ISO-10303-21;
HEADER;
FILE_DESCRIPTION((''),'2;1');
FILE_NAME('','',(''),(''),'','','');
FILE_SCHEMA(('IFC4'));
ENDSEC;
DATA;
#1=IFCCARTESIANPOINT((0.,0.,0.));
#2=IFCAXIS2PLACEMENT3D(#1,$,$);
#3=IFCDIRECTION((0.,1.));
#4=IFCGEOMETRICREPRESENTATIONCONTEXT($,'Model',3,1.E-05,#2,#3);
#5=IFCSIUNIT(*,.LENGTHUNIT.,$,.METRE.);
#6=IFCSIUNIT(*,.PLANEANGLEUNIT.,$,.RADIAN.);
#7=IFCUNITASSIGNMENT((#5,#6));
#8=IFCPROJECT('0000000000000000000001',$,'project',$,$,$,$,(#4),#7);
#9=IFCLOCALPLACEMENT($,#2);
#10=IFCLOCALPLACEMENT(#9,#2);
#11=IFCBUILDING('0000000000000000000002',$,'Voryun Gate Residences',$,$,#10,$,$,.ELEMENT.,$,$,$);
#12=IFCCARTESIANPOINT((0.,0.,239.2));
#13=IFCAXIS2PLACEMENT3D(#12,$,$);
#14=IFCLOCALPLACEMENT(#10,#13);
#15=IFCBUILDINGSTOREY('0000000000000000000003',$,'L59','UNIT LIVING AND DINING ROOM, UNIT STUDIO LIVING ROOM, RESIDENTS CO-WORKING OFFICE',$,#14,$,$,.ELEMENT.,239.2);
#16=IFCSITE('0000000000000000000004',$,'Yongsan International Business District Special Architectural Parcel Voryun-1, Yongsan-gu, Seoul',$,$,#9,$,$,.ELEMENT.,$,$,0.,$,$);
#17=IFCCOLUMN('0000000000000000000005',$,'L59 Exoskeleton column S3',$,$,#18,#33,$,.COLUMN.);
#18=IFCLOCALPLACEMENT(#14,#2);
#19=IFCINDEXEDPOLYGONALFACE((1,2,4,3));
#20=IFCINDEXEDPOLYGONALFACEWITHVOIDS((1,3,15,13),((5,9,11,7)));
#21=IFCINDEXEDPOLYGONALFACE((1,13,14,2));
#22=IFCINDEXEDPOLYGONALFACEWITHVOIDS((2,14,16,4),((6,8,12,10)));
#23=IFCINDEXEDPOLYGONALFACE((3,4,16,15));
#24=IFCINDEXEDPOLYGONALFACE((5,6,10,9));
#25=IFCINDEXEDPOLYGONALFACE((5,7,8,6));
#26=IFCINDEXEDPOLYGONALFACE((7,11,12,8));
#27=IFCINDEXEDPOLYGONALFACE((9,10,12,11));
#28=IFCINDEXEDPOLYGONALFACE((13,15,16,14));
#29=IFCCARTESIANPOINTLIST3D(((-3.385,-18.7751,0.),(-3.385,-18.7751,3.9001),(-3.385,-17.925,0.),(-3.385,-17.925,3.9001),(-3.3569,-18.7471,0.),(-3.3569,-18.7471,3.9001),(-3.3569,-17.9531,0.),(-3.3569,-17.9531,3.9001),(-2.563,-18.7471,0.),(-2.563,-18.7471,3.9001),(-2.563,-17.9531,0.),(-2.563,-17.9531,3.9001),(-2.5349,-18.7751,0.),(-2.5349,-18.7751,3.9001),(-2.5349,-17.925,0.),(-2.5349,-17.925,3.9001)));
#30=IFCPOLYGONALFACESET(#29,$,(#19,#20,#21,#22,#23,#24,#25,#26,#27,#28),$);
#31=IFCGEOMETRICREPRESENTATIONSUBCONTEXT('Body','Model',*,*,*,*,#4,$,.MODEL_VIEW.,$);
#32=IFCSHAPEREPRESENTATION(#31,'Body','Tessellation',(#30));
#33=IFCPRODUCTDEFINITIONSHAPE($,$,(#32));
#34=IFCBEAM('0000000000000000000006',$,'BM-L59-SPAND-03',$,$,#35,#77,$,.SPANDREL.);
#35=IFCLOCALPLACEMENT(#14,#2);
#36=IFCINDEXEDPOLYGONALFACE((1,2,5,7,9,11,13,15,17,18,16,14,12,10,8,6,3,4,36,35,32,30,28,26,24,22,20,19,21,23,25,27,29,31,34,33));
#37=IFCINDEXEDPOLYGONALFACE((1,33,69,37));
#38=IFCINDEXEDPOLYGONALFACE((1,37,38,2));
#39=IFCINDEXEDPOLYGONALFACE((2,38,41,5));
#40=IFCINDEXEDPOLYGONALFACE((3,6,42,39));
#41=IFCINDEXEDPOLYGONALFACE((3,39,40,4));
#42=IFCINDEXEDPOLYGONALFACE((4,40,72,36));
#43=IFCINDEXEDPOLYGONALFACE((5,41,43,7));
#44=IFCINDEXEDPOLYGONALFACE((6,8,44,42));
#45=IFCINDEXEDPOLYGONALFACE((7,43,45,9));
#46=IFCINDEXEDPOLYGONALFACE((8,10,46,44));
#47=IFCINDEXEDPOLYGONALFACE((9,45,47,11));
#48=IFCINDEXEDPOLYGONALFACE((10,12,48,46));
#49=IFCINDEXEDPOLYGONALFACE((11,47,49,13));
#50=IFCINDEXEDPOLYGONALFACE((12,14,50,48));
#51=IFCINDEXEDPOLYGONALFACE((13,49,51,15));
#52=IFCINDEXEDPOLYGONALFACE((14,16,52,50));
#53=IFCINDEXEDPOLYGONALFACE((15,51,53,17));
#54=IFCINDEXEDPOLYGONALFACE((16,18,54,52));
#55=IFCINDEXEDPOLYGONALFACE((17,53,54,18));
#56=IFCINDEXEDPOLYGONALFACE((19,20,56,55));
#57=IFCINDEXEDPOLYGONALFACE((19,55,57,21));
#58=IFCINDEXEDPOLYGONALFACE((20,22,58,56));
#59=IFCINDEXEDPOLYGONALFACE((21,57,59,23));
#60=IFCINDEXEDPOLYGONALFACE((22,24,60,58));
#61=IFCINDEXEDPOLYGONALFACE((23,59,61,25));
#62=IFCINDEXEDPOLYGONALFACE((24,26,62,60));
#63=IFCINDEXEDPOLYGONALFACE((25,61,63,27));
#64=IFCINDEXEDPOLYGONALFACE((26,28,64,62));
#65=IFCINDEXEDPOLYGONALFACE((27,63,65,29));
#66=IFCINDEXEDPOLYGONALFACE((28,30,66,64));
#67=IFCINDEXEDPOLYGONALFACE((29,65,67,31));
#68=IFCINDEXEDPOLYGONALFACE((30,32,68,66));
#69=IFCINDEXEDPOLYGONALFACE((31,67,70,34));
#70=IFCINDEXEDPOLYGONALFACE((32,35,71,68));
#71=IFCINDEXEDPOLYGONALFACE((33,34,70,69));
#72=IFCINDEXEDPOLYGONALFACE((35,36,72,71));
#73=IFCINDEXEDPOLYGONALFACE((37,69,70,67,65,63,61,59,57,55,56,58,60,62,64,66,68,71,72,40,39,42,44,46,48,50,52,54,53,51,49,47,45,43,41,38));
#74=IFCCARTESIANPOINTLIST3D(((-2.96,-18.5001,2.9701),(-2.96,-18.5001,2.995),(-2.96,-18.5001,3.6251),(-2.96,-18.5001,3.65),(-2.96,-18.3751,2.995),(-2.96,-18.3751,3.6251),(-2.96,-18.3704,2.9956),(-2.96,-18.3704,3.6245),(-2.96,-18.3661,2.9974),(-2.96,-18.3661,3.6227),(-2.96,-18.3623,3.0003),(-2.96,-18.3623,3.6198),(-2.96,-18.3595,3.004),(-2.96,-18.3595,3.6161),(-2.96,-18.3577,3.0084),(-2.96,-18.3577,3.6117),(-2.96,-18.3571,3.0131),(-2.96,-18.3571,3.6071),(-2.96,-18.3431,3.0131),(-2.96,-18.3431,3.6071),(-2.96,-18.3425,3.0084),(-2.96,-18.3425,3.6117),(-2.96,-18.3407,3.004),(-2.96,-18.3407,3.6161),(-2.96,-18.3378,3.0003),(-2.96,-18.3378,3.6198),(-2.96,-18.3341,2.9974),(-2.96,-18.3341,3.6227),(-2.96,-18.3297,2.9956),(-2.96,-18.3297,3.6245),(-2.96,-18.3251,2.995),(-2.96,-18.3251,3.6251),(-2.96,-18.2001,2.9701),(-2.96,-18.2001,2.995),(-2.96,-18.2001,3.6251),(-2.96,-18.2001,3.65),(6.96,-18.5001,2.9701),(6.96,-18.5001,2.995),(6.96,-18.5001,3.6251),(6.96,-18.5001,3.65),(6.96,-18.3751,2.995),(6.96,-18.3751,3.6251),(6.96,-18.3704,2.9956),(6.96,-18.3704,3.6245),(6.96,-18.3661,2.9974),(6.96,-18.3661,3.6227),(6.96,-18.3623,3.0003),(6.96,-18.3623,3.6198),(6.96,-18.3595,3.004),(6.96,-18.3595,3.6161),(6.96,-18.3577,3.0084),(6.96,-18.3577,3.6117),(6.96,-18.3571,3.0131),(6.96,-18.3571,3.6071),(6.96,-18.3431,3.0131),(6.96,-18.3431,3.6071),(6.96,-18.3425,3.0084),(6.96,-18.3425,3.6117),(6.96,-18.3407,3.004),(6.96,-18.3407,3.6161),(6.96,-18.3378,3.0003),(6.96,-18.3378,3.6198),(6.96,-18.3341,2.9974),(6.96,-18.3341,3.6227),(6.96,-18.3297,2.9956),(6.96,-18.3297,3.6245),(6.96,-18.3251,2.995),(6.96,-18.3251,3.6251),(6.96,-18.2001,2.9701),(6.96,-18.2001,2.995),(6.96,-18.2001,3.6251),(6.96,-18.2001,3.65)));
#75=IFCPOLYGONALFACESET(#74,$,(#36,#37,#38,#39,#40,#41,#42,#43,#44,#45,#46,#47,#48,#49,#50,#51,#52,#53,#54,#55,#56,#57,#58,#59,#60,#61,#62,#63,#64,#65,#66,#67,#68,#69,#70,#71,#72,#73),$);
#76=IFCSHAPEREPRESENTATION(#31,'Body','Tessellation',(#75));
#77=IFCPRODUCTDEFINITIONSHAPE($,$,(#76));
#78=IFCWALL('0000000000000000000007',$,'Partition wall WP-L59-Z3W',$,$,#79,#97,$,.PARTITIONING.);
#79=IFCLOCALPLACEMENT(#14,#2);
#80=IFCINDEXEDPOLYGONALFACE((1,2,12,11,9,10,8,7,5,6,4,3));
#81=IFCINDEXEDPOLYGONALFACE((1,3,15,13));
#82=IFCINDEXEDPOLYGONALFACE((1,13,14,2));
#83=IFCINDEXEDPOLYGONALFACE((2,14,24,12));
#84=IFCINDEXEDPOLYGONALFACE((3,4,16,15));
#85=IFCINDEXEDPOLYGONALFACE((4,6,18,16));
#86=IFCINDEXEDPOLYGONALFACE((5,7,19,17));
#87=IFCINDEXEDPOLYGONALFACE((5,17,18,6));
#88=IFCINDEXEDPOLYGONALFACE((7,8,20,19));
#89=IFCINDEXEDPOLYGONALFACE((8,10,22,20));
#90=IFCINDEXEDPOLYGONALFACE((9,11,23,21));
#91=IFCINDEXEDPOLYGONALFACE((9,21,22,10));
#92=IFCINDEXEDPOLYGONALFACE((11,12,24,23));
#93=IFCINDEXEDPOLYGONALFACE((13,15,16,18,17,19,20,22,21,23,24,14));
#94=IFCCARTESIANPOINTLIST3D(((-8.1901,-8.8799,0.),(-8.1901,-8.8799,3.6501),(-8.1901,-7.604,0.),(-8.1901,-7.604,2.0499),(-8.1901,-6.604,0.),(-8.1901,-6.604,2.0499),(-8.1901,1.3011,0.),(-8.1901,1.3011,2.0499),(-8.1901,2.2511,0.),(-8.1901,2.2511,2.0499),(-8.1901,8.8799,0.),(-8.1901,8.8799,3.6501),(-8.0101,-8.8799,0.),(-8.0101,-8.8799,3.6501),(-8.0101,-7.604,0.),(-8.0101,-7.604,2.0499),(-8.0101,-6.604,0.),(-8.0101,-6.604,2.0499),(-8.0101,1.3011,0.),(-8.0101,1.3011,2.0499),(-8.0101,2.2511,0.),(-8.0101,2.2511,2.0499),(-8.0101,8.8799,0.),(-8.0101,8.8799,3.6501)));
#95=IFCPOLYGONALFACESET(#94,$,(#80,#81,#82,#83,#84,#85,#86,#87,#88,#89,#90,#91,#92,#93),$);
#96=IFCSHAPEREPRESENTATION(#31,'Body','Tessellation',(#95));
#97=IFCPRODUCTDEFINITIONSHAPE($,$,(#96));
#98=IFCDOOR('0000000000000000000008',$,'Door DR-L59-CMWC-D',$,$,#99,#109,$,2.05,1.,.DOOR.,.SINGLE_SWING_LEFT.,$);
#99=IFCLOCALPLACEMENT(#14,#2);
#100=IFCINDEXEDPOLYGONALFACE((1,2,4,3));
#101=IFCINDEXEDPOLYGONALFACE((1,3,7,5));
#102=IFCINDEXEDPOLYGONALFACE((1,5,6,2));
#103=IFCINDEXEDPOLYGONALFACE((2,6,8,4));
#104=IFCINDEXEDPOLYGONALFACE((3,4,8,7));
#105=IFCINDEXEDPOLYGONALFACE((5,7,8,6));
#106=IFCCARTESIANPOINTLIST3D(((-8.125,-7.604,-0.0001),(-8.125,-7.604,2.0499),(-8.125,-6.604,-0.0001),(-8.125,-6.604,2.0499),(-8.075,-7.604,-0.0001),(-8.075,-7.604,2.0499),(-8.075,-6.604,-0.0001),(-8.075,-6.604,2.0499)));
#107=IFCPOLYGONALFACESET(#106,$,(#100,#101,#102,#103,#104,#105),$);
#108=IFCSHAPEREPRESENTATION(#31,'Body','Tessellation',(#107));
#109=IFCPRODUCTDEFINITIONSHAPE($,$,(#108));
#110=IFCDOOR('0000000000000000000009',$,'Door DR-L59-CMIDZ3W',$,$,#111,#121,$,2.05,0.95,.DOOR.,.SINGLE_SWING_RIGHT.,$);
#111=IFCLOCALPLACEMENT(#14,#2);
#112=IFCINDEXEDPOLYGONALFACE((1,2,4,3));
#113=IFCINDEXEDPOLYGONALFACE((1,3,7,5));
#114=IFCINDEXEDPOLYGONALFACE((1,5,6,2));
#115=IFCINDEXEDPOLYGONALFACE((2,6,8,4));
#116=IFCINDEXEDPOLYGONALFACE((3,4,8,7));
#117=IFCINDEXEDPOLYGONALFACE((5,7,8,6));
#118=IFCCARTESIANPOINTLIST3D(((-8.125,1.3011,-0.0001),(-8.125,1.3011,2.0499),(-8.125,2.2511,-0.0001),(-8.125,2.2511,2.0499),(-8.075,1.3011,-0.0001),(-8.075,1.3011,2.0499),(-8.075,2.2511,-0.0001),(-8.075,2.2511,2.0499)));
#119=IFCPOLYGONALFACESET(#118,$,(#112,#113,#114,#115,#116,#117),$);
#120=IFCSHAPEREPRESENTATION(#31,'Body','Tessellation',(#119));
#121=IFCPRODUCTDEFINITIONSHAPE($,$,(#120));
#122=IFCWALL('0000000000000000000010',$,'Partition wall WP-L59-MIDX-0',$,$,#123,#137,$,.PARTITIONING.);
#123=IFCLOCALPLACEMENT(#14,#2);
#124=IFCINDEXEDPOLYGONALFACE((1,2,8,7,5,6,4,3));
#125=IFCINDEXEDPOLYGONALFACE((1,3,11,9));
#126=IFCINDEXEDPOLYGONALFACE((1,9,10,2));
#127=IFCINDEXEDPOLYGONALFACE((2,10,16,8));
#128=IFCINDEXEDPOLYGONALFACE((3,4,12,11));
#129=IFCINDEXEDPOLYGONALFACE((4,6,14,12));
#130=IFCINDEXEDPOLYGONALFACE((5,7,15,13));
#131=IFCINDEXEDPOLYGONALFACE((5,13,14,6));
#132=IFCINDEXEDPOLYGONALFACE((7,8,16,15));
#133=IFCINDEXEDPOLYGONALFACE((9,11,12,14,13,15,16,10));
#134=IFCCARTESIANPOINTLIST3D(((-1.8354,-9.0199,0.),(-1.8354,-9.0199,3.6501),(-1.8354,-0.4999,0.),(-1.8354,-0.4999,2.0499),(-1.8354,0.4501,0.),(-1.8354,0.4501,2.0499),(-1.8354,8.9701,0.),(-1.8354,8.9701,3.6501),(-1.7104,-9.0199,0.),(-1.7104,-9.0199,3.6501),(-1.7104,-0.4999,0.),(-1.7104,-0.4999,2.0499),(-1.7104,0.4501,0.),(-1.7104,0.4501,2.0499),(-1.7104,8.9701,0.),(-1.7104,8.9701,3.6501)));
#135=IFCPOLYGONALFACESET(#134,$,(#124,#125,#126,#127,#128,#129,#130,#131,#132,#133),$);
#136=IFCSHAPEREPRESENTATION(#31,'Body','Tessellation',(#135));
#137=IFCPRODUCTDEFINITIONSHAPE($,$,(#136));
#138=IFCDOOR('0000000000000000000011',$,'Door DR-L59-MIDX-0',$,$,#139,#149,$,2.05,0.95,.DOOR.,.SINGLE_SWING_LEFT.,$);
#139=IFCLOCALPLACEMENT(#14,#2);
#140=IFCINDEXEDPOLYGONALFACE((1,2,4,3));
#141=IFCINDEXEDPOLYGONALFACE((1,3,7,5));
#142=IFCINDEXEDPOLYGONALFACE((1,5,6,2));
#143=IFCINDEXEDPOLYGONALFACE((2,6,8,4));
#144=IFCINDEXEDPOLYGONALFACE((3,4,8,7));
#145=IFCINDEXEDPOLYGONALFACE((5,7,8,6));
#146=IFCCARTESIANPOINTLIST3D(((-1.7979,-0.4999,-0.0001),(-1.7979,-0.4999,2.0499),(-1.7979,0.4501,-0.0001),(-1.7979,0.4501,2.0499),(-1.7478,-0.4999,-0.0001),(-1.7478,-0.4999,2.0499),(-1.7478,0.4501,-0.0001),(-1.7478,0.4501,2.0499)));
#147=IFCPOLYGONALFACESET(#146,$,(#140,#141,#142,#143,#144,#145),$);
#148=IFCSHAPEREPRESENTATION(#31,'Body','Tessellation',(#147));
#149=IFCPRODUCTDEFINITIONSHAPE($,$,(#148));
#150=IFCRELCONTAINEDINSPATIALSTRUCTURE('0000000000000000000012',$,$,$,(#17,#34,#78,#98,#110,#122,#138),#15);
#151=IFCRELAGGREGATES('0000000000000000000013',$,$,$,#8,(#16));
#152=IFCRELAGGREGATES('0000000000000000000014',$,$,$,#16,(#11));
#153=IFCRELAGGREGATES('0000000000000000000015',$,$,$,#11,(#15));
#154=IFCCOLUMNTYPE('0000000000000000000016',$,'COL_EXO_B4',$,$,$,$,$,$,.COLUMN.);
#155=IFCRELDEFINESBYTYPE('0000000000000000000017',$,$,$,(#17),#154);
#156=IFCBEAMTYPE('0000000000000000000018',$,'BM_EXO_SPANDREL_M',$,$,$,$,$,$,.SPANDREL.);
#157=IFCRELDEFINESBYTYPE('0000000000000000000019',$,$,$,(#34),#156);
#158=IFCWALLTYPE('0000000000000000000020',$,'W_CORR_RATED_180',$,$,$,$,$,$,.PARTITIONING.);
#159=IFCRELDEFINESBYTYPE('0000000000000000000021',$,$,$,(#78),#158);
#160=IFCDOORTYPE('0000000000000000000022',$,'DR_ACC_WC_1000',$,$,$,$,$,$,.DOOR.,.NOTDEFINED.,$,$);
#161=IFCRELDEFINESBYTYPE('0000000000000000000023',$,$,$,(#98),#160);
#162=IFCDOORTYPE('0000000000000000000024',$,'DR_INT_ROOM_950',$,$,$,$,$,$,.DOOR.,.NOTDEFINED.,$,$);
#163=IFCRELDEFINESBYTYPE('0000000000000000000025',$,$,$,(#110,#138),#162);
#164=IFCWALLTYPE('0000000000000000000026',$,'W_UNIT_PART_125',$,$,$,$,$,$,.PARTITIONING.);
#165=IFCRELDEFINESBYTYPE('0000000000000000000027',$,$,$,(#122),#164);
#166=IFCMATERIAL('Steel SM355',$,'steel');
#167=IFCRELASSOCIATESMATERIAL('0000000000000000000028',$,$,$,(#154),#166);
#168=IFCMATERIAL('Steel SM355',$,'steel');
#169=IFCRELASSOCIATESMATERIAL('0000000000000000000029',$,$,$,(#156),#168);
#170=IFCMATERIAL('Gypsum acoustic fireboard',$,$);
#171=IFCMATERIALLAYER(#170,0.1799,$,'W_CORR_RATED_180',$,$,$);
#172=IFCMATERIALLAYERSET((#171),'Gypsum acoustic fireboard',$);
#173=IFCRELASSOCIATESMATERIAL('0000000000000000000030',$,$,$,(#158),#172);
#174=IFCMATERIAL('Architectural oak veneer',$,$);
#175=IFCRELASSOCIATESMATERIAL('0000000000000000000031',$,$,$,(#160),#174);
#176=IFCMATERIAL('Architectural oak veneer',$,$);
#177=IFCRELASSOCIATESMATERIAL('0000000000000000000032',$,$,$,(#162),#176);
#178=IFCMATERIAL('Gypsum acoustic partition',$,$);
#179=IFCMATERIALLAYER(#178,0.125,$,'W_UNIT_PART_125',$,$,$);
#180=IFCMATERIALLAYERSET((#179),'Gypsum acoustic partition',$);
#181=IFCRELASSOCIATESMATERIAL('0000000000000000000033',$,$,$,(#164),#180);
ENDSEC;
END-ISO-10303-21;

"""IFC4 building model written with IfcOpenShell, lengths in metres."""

from ifc_helpers import new_model, si_unit, direction, frame, frame_2d, origin, origin_2d, place, context, subcontext, project, spatial, rectangle, hollow_rectangle, i_section, extrude, material, layer, layer_set, material_profile, profile_set, type_object, element, fill, save


model = new_model("IFC4")

# Units and contexts
model_context = context("Model", 3, precision=1e-05, world=origin(), true_north=direction((0.0, 1.0)))
body_context = subcontext(model_context, "Body", "Model", "MODEL_VIEW")
ifc_project = project(units=[si_unit("LENGTHUNIT", "METRE"), si_unit("PLANEANGLEUNIT", "RADIAN")], contexts=[model_context])

# Site, building, storey
site_placement = place(None, origin())
site = spatial("IfcSite", under=ifc_project, at=site_placement, Name="Yongsan International Business District Special Architectural Parcel Voryun-1, Yongsan-gu, Seoul", CompositionType="ELEMENT", RefElevation=0.0)
building_placement = place(site_placement, origin())
building = spatial("IfcBuilding", under=site, at=building_placement, Name="Voryun Gate Residences", CompositionType="ELEMENT")
storey_placement = place(building_placement, frame((0.0, 0.0, 239.2)))
storey = spatial("IfcBuildingStorey", under=building, at=storey_placement, Name="L59", Description="UNIT LIVING AND DINING ROOM, UNIT STUDIO LIVING ROOM, RESIDENTS CO-WORKING OFFICE", CompositionType="ELEMENT", Elevation=239.2)

# Column
ifc_material_1 = material(Name="Steel SM355", Category="steel")
ifc_material_profile_1 = material_profile(ifc_material_1, hollow_rectangle(XDim=0.8501, YDim=0.8501, WallThickness=0.0281, at=origin_2d()), Name="BOX-850x850x28")
ifc_profile_set_1 = profile_set([ifc_material_profile_1], Name="Steel SM355")
column_type = type_object("IfcColumnType", Name="COL_EXO_B4", PredefinedType="COLUMN", material=ifc_profile_set_1)
column_placement = place(storey_placement, frame((-2.96, -18.3501, 0.0), z_axis=(0.0, 0.0, 1.0), x_axis=(1.0, 0.0, 0.0)))
element("IfcColumn", 1, at=column_placement, inside=storey, type_object=column_type, Name="L59 Exoskeleton column S3", PredefinedType="COLUMN", context=body_context, shape_type="SweptSolid", body=[
    extrude(hollow_rectangle(XDim=0.8501, YDim=0.8501, WallThickness=0.0281, at=origin_2d()), origin(), (0.0, 0.0, 1.0), 3.9001),
])

# Beam
ifc_material_2 = material(Name="Steel SM355", Category="steel")
ifc_material_profile_2 = material_profile(ifc_material_2, i_section(OverallWidth=0.3, OverallDepth=0.6799, WebThickness=0.0139, FlangeThickness=0.0249, FilletRadius=0.0181, at=origin_2d()), Name="H-680x300x14x25")
ifc_profile_set_2 = profile_set([ifc_material_profile_2], Name="Steel SM355")
beam_type = type_object("IfcBeamType", Name="BM_EXO_SPANDREL_M", PredefinedType="SPANDREL", material=ifc_profile_set_2)
beam_placement = place(storey_placement, frame((-2.96, -18.3501, 3.3101), z_axis=(1.0, 0.0, 0.0), x_axis=(0.0, 1.0, 0.0)))
element("IfcBeam", 2, at=beam_placement, inside=storey, type_object=beam_type, Name="BM-L59-SPAND-03", PredefinedType="SPANDREL", context=body_context, shape_type="SweptSolid", body=[
    extrude(i_section(OverallWidth=0.3, OverallDepth=0.6799, WebThickness=0.0139, FlangeThickness=0.0249, FilletRadius=0.0181, at=origin_2d()), origin(), (0.0, 0.0, 1.0), 9.9199),
])

# Wall, openings, doors
ifc_material_3 = material(Name="Gypsum acoustic fireboard")
ifc_layer_1 = layer(ifc_material_3, 0.1799, Name="W_CORR_RATED_180")
ifc_layer_set_1 = layer_set([ifc_layer_1], Name="Gypsum acoustic fireboard")
wall_type_1 = type_object("IfcWallType", Name="W_CORR_RATED_180", PredefinedType="PARTITIONING", material=ifc_layer_set_1)
wall_1_placement = place(storey_placement, frame((-8.1001, -8.8799, 0.0), z_axis=(0.0, 0.0, 1.0), x_axis=(0.0, 1.0, 0.0)))
wall_1 = element("IfcWall", 3, at=wall_1_placement, inside=storey, type_object=wall_type_1, Name="Partition wall WP-L59-Z3W", PredefinedType="PARTITIONING", context=body_context, shape_type="SweptSolid", body=[
    extrude(rectangle(XDim=17.7598, YDim=0.1799, at=frame_2d((8.8799, 0.0))), origin(), (0.0, 0.0, 1.0), 3.6501),
])
opening_1_placement = place(wall_1_placement, frame((1.2759, 0.0, 0.0)))
opening_1 = element("IfcOpeningElement", 4, at=opening_1_placement, cuts=wall_1, PredefinedType="OPENING", context=body_context, shape_type="SweptSolid", body=[
    extrude(rectangle(XDim=1.0, YDim=2.05, at=frame_2d((0.5, 1.0249))), frame((0.0, 0.0999, 0.0), z_axis=(0.0, -1.0, 0.0), x_axis=(1.0, 0.0, 0.0)), (0.0, 0.0, 1.0), 0.2),
])
opening_2_placement = place(wall_1_placement, frame((10.1809, 0.0, 0.0)))
opening_2 = element("IfcOpeningElement", 5, at=opening_2_placement, cuts=wall_1, PredefinedType="OPENING", context=body_context, shape_type="SweptSolid", body=[
    extrude(rectangle(XDim=0.95, YDim=2.05, at=frame_2d((0.4751, 1.0249))), frame((0.0, 0.0999, 0.0), z_axis=(0.0, -1.0, 0.0), x_axis=(1.0, 0.0, 0.0)), (0.0, 0.0, 1.0), 0.2),
])
ifc_material_4 = material(Name="Architectural oak veneer")
door_type_1 = type_object("IfcDoorType", Name="DR_ACC_WC_1000", OperationType="NOTDEFINED", PredefinedType="DOOR", material=ifc_material_4)
door_1_placement = place(opening_1_placement, origin())
door_1 = element("IfcDoor", 6, at=door_1_placement, inside=storey, type_object=door_type_1, Name="Door DR-L59-CMWC-D", OperationType="SINGLE_SWING_LEFT", OverallHeight=2.05, OverallWidth=1.0, PredefinedType="DOOR", context=body_context, shape_type="SweptSolid", body=[
    extrude(rectangle(XDim=1.0, YDim=2.05, at=frame_2d((0.5, 1.0249))), frame((0.0, 0.0249, 0.0), z_axis=(0.0, -1.0, 0.0), x_axis=(1.0, 0.0, 0.0)), (0.0, 0.0, 1.0), 0.05),
])
fill(opening_1, door_1)
ifc_material_5 = material(Name="Architectural oak veneer")
door_type_2 = type_object("IfcDoorType", Name="DR_INT_ROOM_950", OperationType="NOTDEFINED", PredefinedType="DOOR", material=ifc_material_5)
door_2_placement = place(opening_2_placement, origin())
door_2 = element("IfcDoor", 7, at=door_2_placement, inside=storey, type_object=door_type_2, Name="Door DR-L59-CMIDZ3W", OperationType="SINGLE_SWING_RIGHT", OverallHeight=2.05, OverallWidth=0.95, PredefinedType="DOOR", context=body_context, shape_type="SweptSolid", body=[
    extrude(rectangle(XDim=0.95, YDim=2.05, at=frame_2d((0.4751, 1.0249))), frame((0.0, 0.0249, 0.0), z_axis=(0.0, -1.0, 0.0), x_axis=(1.0, 0.0, 0.0)), (0.0, 0.0, 1.0), 0.05),
])
fill(opening_2, door_2)

# Wall, opening, door
ifc_material_6 = material(Name="Gypsum acoustic partition")
ifc_layer_2 = layer(ifc_material_6, 0.125, Name="W_UNIT_PART_125")
ifc_layer_set_2 = layer_set([ifc_layer_2], Name="Gypsum acoustic partition")
wall_type_2 = type_object("IfcWallType", Name="W_UNIT_PART_125", PredefinedType="PARTITIONING", material=ifc_layer_set_2)
wall_2_placement = place(storey_placement, frame((-1.7729, -9.02, 0.0), z_axis=(0.0, 0.0, 1.0), x_axis=(0.0, 1.0, 0.0)))
wall_2 = element("IfcWall", 8, at=wall_2_placement, inside=storey, type_object=wall_type_2, Name="Partition wall WP-L59-MIDX-0", PredefinedType="PARTITIONING", context=body_context, shape_type="SweptSolid", body=[
    extrude(rectangle(XDim=17.99, YDim=0.125, at=frame_2d((8.9951, 0.0))), origin(), (0.0, 0.0, 1.0), 3.6501),
])
opening_3_placement = place(wall_2_placement, frame((8.52, 0.0, 0.0)))
opening_3 = element("IfcOpeningElement", 9, at=opening_3_placement, cuts=wall_2, PredefinedType="OPENING", context=body_context, shape_type="SweptSolid", body=[
    extrude(rectangle(XDim=0.95, YDim=2.05, at=frame_2d((0.4751, 1.0249))), frame((0.0, 0.0725, 0.0), z_axis=(0.0, -1.0, 0.0), x_axis=(1.0, 0.0, 0.0)), (0.0, 0.0, 1.0), 0.145),
])
door_3_placement = place(opening_3_placement, origin())
door_3 = element("IfcDoor", 10, at=door_3_placement, inside=storey, type_object=door_type_2, Name="Door DR-L59-MIDX-0", OperationType="SINGLE_SWING_LEFT", OverallHeight=2.05, OverallWidth=0.95, PredefinedType="DOOR", context=body_context, shape_type="SweptSolid", body=[
    extrude(rectangle(XDim=0.95, YDim=2.05, at=frame_2d((0.4751, 1.0249))), frame((0.0, 0.0249, 0.0), z_axis=(0.0, -1.0, 0.0), x_axis=(1.0, 0.0, 0.0)), (0.0, 0.0, 1.0), 0.05),
])
fill(opening_3, door_3)

save(model, "model.ifc")
